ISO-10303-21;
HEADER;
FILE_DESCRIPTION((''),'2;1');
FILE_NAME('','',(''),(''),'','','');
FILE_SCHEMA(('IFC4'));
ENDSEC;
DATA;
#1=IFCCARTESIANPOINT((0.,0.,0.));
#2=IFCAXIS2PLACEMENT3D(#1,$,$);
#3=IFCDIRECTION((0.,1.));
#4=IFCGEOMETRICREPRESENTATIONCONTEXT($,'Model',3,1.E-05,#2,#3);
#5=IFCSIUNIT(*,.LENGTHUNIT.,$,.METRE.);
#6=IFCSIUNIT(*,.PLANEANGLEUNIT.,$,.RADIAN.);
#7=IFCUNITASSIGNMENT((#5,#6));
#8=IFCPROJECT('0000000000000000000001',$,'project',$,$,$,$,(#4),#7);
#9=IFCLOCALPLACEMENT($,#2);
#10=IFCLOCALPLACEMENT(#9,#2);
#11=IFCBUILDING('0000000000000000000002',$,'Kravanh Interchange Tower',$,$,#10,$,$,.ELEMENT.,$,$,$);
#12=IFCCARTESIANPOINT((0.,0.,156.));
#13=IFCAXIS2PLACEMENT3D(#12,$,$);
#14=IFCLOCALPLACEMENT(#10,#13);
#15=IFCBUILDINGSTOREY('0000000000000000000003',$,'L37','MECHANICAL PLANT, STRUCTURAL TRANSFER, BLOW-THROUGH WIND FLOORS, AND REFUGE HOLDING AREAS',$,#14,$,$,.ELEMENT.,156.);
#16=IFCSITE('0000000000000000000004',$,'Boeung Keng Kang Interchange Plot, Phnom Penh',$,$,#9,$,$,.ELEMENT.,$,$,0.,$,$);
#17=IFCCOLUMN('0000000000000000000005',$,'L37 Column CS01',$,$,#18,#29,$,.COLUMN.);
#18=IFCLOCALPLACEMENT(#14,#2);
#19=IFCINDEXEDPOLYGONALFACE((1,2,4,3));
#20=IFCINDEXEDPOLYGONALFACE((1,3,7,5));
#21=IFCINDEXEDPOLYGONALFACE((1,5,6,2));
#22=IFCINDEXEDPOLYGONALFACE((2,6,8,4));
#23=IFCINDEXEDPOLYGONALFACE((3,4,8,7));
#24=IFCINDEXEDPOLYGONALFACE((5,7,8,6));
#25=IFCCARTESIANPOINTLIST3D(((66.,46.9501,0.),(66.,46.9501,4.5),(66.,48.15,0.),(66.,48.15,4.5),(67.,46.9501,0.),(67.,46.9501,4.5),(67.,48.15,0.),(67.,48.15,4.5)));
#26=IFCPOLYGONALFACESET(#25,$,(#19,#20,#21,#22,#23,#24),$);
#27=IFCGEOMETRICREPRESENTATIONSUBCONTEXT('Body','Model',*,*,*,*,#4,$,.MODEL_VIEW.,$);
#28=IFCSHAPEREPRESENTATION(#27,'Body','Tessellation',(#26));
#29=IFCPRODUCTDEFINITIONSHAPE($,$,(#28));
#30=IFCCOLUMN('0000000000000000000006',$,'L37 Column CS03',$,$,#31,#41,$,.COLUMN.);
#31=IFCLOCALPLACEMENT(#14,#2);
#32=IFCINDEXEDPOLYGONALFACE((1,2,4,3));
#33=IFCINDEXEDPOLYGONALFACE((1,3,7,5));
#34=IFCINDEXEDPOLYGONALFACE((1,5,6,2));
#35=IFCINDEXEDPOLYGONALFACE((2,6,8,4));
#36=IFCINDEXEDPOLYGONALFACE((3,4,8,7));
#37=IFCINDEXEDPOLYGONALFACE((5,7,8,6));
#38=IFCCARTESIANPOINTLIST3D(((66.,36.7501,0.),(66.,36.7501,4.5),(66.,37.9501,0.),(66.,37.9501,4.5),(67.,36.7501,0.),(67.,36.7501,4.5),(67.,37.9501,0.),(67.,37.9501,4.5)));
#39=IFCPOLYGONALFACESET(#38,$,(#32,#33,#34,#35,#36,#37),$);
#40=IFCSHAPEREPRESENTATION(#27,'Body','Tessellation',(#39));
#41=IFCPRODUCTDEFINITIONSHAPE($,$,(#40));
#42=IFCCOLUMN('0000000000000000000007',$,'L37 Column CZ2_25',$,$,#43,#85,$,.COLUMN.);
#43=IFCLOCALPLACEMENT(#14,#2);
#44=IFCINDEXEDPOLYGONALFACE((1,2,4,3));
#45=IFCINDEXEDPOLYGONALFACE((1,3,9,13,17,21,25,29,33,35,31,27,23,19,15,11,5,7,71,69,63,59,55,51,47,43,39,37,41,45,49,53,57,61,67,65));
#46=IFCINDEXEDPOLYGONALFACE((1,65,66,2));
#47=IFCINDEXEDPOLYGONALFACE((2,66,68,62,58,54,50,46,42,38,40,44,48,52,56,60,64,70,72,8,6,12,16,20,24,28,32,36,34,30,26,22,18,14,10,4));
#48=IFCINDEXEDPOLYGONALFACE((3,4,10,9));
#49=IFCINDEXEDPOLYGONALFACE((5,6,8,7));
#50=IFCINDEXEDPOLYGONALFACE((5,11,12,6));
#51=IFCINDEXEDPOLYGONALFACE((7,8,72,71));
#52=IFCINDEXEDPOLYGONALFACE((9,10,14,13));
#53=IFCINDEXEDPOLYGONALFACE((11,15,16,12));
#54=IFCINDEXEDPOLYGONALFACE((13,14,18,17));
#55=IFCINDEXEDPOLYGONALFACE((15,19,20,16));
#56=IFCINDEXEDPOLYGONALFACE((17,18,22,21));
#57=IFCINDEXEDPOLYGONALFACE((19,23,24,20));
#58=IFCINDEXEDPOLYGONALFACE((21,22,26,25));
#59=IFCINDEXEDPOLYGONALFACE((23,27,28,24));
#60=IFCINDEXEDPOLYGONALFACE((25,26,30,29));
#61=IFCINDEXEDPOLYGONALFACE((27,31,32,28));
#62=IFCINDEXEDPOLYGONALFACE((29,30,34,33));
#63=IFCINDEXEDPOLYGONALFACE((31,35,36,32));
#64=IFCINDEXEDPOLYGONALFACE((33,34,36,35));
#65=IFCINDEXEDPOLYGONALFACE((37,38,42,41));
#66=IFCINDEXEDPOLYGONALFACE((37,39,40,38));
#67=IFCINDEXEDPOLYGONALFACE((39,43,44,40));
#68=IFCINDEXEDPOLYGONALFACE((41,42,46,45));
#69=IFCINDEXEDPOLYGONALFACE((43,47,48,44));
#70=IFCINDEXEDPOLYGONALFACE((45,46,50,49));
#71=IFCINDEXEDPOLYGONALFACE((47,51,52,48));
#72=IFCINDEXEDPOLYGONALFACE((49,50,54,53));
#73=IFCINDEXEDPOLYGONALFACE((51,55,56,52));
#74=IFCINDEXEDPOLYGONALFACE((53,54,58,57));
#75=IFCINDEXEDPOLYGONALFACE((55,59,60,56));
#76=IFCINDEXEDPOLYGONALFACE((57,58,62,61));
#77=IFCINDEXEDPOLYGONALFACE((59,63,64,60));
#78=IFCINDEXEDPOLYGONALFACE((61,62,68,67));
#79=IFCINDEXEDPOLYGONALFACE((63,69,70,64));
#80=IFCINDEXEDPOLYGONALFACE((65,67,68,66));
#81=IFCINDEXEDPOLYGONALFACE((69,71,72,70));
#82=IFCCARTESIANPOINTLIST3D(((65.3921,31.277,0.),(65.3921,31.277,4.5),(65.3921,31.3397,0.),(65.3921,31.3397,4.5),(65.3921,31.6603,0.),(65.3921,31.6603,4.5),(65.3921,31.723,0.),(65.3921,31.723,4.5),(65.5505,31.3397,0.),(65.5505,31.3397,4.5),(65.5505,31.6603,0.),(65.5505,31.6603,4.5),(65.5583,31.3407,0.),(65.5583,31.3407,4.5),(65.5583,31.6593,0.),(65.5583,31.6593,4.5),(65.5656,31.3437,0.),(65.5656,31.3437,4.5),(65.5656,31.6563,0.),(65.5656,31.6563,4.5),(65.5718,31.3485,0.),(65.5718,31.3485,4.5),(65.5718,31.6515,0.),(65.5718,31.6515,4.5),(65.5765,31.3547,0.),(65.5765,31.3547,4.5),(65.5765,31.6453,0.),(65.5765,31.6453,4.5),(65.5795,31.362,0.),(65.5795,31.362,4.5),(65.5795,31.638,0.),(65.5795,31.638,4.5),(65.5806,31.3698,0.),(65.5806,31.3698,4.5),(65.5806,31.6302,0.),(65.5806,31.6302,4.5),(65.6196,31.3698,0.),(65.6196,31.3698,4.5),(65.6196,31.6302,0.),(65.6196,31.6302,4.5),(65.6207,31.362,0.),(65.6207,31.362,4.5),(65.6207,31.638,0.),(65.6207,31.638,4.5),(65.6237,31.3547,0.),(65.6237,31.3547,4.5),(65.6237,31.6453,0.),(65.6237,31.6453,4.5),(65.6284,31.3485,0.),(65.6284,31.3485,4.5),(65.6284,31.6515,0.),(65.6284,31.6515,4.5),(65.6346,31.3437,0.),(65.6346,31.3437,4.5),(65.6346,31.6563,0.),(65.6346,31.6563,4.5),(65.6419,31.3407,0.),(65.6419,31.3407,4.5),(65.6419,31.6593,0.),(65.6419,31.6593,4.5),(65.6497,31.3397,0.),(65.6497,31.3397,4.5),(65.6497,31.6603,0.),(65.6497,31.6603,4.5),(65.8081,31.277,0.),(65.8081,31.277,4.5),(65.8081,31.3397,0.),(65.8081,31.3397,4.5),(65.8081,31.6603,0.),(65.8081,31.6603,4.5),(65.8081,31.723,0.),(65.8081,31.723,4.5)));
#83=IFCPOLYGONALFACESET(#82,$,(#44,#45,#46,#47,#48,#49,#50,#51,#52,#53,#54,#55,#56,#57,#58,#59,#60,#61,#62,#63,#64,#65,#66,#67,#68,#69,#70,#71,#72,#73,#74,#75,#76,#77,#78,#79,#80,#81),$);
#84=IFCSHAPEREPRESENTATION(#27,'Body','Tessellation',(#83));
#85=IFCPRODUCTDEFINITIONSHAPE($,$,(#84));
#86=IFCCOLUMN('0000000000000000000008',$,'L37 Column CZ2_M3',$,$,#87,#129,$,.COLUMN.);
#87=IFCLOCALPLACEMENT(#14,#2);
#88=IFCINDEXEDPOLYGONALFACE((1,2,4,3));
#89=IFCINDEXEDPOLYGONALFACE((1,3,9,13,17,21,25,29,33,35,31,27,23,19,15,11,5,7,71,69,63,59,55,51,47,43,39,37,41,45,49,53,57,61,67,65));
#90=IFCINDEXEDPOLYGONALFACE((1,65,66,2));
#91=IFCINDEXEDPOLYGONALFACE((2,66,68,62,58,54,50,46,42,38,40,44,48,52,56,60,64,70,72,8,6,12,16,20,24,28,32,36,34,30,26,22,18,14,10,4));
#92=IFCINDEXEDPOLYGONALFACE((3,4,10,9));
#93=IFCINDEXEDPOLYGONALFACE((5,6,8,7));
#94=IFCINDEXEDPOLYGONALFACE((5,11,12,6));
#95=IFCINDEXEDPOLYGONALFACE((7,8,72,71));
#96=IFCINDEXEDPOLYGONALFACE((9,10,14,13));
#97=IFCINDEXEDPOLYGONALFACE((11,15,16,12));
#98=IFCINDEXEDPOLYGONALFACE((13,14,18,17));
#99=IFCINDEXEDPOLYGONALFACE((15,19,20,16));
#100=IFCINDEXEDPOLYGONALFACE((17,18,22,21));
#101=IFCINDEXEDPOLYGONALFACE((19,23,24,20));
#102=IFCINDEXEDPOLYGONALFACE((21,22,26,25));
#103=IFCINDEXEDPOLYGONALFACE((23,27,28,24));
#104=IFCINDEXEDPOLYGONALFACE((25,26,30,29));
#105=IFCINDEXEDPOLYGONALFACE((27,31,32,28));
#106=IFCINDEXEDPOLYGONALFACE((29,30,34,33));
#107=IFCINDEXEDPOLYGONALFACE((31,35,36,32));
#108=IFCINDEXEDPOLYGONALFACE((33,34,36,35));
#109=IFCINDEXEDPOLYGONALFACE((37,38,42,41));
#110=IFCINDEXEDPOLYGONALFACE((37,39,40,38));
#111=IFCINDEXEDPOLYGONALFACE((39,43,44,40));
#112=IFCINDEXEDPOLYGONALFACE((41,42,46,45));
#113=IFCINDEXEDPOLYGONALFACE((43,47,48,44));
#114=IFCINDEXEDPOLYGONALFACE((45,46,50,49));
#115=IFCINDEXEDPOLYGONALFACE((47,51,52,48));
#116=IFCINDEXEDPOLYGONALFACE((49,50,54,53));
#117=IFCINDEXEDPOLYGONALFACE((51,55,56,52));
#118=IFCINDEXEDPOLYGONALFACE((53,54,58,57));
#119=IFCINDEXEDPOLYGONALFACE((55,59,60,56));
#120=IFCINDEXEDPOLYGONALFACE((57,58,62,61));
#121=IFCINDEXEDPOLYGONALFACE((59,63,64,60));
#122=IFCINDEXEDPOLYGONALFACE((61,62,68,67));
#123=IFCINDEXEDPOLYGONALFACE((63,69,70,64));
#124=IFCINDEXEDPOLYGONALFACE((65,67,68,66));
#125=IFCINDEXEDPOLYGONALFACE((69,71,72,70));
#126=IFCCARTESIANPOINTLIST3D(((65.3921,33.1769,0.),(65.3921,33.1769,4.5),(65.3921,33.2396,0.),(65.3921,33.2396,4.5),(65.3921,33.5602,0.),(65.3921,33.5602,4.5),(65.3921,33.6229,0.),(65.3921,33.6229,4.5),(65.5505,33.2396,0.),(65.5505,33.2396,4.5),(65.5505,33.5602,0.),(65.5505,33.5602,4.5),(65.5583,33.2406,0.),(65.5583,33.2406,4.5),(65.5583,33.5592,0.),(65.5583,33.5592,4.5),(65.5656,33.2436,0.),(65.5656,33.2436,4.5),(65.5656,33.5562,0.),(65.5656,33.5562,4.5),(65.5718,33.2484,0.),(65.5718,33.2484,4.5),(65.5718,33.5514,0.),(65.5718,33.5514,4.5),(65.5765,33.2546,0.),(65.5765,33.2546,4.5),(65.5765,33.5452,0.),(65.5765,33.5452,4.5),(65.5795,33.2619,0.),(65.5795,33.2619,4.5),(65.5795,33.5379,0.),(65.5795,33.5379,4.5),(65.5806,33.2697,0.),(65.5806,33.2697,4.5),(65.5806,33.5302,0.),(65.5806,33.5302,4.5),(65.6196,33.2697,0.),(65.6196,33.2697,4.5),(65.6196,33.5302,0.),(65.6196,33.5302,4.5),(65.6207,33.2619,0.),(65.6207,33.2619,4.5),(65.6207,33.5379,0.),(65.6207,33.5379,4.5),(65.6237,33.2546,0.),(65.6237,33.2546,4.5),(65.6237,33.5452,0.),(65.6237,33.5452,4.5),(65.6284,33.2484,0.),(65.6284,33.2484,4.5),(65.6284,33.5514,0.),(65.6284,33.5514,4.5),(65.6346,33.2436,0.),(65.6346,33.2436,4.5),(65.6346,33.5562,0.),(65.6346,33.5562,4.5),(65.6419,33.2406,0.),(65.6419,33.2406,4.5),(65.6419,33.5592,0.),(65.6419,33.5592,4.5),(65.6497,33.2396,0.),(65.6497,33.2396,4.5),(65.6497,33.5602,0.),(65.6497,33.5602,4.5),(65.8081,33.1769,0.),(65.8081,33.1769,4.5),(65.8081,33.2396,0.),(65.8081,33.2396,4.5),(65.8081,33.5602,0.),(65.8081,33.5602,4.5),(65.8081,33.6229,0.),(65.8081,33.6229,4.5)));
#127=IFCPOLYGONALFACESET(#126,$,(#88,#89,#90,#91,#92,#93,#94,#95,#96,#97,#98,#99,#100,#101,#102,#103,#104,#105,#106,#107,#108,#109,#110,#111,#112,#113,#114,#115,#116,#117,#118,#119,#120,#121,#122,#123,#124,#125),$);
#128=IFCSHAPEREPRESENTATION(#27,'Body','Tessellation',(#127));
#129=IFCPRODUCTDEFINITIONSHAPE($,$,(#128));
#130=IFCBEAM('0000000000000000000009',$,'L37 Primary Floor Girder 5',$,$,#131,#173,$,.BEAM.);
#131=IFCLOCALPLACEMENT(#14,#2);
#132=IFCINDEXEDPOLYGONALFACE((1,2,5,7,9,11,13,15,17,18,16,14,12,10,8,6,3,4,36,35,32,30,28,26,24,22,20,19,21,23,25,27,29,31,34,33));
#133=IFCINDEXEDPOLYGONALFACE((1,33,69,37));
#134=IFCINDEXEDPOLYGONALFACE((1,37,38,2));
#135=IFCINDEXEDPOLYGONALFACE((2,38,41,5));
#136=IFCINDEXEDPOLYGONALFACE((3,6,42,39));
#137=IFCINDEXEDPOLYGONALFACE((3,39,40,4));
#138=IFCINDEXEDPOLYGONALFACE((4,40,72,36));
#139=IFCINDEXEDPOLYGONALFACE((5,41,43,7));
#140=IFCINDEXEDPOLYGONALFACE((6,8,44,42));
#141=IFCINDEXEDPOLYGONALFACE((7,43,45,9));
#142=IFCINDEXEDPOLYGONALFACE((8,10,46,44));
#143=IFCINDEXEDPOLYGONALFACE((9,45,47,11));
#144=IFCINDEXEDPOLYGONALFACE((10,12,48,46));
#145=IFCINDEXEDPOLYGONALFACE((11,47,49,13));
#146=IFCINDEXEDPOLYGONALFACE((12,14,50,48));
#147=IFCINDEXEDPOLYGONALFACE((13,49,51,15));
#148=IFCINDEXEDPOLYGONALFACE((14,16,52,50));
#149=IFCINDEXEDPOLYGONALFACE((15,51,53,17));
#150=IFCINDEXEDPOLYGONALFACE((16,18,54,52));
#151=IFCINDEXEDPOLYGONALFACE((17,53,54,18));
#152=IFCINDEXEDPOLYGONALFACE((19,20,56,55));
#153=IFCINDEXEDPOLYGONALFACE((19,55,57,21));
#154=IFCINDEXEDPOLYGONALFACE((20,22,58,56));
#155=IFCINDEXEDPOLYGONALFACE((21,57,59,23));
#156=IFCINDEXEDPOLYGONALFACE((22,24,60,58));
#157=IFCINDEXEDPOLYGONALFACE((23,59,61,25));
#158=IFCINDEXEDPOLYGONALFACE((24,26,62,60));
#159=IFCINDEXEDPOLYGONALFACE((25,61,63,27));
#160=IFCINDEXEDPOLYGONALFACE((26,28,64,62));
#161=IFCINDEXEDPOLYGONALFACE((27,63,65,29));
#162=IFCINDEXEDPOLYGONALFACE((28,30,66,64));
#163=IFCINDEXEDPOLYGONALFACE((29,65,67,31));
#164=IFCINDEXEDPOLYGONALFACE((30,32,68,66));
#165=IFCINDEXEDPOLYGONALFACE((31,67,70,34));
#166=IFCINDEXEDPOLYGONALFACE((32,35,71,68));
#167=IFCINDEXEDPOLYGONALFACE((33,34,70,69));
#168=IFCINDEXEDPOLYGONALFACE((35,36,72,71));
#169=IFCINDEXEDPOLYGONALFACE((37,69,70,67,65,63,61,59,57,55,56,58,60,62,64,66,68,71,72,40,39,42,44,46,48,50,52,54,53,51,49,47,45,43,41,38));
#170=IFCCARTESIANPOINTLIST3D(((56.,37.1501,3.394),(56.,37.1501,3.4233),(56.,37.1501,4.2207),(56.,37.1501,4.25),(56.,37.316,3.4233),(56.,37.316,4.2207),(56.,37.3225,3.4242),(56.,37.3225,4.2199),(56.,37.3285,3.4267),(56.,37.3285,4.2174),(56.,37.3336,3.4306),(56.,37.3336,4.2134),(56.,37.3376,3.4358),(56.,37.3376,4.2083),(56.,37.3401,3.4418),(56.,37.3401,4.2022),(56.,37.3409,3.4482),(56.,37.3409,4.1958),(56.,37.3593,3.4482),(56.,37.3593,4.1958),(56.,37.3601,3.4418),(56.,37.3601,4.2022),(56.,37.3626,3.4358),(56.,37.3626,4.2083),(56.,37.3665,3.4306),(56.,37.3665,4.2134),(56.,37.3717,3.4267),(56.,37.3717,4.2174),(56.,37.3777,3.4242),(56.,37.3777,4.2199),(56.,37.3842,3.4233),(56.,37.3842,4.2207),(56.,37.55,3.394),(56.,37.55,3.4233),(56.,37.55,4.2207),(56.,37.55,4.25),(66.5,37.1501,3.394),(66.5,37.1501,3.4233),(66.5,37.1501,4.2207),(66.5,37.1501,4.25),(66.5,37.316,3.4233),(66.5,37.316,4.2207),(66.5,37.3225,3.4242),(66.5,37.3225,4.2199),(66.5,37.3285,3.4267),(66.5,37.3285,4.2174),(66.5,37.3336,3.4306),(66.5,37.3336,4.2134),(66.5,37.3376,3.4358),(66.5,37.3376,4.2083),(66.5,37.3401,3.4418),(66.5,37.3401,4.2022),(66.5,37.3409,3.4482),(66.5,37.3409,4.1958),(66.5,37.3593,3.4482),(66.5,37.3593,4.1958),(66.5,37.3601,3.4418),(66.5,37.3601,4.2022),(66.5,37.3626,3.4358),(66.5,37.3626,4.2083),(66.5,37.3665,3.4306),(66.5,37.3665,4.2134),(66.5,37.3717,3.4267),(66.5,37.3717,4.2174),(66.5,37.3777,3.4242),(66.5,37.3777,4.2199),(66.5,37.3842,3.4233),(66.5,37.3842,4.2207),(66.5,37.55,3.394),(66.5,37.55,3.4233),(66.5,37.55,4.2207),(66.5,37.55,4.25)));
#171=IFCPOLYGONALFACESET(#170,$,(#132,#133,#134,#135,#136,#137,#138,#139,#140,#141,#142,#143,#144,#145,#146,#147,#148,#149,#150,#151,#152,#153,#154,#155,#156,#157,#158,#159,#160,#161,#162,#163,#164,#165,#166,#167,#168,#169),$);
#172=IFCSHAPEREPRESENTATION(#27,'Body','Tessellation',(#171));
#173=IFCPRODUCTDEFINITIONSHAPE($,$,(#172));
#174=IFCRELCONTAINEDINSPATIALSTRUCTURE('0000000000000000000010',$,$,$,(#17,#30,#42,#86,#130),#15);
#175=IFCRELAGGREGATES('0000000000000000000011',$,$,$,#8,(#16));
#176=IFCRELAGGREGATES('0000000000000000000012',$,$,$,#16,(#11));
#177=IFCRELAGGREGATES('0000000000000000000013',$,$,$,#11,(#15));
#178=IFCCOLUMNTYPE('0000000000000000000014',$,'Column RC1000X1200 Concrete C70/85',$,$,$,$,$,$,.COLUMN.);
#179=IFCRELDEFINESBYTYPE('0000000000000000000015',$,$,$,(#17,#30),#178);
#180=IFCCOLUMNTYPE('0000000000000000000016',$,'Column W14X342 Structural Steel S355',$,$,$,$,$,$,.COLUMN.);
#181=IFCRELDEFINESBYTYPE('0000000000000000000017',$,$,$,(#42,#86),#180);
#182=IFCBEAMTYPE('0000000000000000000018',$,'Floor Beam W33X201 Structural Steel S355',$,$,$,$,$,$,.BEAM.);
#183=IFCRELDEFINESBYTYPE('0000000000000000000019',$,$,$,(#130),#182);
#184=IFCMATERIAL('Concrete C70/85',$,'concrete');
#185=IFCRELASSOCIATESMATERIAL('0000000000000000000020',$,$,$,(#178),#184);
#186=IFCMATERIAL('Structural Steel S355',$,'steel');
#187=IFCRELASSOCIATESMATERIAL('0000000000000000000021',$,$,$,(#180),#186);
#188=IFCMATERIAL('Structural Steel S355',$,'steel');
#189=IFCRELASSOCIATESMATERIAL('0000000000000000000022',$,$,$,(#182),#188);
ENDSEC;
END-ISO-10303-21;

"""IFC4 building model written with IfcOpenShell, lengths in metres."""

from ifc_helpers import new_model, si_unit, direction, frame, origin, origin_2d, place, context, subcontext, project, spatial, rectangle, i_section, extrude, material, material_profile, profile_set, type_object, element, save


model = new_model("IFC4")

# Units and contexts
model_context = context("Model", 3, precision=1e-05, world=origin(), true_north=direction((0.0, 1.0)))
body_context = subcontext(model_context, "Body", "Model", "MODEL_VIEW")
ifc_project = project(units=[si_unit("LENGTHUNIT", "METRE"), si_unit("PLANEANGLEUNIT", "RADIAN")], contexts=[model_context])

# Site, building, storey
site_placement = place(None, origin())
site = spatial("IfcSite", under=ifc_project, at=site_placement, Name="Boeung Keng Kang Interchange Plot, Phnom Penh", CompositionType="ELEMENT", RefElevation=0.0)
building_placement = place(site_placement, origin())
building = spatial("IfcBuilding", under=site, at=building_placement, Name="Kravanh Interchange Tower", CompositionType="ELEMENT")
storey_placement = place(building_placement, frame((0.0, 0.0, 156.0)))
storey = spatial("IfcBuildingStorey", under=building, at=storey_placement, Name="L37", Description="MECHANICAL PLANT, STRUCTURAL TRANSFER, BLOW-THROUGH WIND FLOORS, AND REFUGE HOLDING AREAS", CompositionType="ELEMENT", Elevation=156.0)

# Columns
ifc_material_1 = material(Name="Concrete C70/85", Category="concrete")
ifc_material_profile_1 = material_profile(ifc_material_1, rectangle(XDim=1.0, YDim=1.2, at=origin_2d()), Name="RC1000X1200")
ifc_profile_set_1 = profile_set([ifc_material_profile_1], Name="Concrete C70/85")
column_type_1 = type_object("IfcColumnType", Name="Column RC1000X1200 Concrete C70/85", PredefinedType="COLUMN", material=ifc_profile_set_1)
for number, where, z_axis, x_axis, name in (
    (1, (66.5, 47.55, 0.0), (0.0, 0.0, 1.0), (1.0, 0.0, 0.0), "L37 Column CS01"),
    (2, (66.5, 37.3501, 0.0), (0.0, 0.0, 1.0), (1.0, 0.0, 0.0), "L37 Column CS03"),
):
    element("IfcColumn", number, at=place(storey_placement, frame(where, z_axis=z_axis, x_axis=x_axis)), inside=storey, type_object=column_type_1, Name=name, PredefinedType="COLUMN", context=body_context, shape_type="SweptSolid", body=[
        extrude(rectangle(XDim=1.0, YDim=1.2, at=origin_2d()), origin(), (0.0, 0.0, 1.0), 4.5),
    ])
ifc_material_2 = material(Name="Structural Steel S355", Category="steel")
ifc_material_profile_2 = material_profile(ifc_material_2, i_section(OverallWidth=0.416, OverallDepth=0.446, WebThickness=0.0391, FlangeThickness=0.0627, FilletRadius=0.03, at=origin_2d()), Name="W14X342")
ifc_profile_set_2 = profile_set([ifc_material_profile_2], Name="Structural Steel S355")
column_type_2 = type_object("IfcColumnType", Name="Column W14X342 Structural Steel S355", PredefinedType="COLUMN", material=ifc_profile_set_2)
for number, where, z_axis, x_axis, name in (
    (3, (65.6001, 31.5, 0.0), (0.0, 0.0, 1.0), (1.0, 0.0, 0.0), "L37 Column CZ2_25"),
    (4, (65.6001, 33.3999, 0.0), (0.0, 0.0, 1.0), (1.0, 0.0, 0.0), "L37 Column CZ2_M3"),
):
    element("IfcColumn", number, at=place(storey_placement, frame(where, z_axis=z_axis, x_axis=x_axis)), inside=storey, type_object=column_type_2, Name=name, PredefinedType="COLUMN", context=body_context, shape_type="SweptSolid", body=[
        extrude(i_section(OverallWidth=0.416, OverallDepth=0.446, WebThickness=0.0391, FlangeThickness=0.0627, FilletRadius=0.03, at=origin_2d()), origin(), (0.0, 0.0, 1.0), 4.5),
    ])

# Beam
ifc_material_3 = material(Name="Structural Steel S355", Category="steel")
ifc_material_profile_3 = material_profile(ifc_material_3, i_section(OverallWidth=0.3999, OverallDepth=0.856, WebThickness=0.0183, FlangeThickness=0.0293, FilletRadius=0.0249, at=origin_2d()), Name="W33X201")
ifc_profile_set_3 = profile_set([ifc_material_profile_3], Name="Structural Steel S355")
beam_type_1 = type_object("IfcBeamType", Name="Floor Beam W33X201 Structural Steel S355", PredefinedType="BEAM", material=ifc_profile_set_3)
beam_1_placement = place(storey_placement, frame((66.5, 37.3501, 3.822), z_axis=(-1.0, 0.0, 0.0), x_axis=(0.0, -1.0, 0.0)))
element("IfcBeam", 5, at=beam_1_placement, inside=storey, type_object=beam_type_1, Name="L37 Primary Floor Girder 5", PredefinedType="BEAM", context=body_context, shape_type="SweptSolid", body=[
    extrude(i_section(OverallWidth=0.3999, OverallDepth=0.856, WebThickness=0.0183, FlangeThickness=0.0293, FilletRadius=0.0249, at=origin_2d()), origin(), (0.0, 0.0, 1.0), 10.5),
])

save(model, "model.ifc")
